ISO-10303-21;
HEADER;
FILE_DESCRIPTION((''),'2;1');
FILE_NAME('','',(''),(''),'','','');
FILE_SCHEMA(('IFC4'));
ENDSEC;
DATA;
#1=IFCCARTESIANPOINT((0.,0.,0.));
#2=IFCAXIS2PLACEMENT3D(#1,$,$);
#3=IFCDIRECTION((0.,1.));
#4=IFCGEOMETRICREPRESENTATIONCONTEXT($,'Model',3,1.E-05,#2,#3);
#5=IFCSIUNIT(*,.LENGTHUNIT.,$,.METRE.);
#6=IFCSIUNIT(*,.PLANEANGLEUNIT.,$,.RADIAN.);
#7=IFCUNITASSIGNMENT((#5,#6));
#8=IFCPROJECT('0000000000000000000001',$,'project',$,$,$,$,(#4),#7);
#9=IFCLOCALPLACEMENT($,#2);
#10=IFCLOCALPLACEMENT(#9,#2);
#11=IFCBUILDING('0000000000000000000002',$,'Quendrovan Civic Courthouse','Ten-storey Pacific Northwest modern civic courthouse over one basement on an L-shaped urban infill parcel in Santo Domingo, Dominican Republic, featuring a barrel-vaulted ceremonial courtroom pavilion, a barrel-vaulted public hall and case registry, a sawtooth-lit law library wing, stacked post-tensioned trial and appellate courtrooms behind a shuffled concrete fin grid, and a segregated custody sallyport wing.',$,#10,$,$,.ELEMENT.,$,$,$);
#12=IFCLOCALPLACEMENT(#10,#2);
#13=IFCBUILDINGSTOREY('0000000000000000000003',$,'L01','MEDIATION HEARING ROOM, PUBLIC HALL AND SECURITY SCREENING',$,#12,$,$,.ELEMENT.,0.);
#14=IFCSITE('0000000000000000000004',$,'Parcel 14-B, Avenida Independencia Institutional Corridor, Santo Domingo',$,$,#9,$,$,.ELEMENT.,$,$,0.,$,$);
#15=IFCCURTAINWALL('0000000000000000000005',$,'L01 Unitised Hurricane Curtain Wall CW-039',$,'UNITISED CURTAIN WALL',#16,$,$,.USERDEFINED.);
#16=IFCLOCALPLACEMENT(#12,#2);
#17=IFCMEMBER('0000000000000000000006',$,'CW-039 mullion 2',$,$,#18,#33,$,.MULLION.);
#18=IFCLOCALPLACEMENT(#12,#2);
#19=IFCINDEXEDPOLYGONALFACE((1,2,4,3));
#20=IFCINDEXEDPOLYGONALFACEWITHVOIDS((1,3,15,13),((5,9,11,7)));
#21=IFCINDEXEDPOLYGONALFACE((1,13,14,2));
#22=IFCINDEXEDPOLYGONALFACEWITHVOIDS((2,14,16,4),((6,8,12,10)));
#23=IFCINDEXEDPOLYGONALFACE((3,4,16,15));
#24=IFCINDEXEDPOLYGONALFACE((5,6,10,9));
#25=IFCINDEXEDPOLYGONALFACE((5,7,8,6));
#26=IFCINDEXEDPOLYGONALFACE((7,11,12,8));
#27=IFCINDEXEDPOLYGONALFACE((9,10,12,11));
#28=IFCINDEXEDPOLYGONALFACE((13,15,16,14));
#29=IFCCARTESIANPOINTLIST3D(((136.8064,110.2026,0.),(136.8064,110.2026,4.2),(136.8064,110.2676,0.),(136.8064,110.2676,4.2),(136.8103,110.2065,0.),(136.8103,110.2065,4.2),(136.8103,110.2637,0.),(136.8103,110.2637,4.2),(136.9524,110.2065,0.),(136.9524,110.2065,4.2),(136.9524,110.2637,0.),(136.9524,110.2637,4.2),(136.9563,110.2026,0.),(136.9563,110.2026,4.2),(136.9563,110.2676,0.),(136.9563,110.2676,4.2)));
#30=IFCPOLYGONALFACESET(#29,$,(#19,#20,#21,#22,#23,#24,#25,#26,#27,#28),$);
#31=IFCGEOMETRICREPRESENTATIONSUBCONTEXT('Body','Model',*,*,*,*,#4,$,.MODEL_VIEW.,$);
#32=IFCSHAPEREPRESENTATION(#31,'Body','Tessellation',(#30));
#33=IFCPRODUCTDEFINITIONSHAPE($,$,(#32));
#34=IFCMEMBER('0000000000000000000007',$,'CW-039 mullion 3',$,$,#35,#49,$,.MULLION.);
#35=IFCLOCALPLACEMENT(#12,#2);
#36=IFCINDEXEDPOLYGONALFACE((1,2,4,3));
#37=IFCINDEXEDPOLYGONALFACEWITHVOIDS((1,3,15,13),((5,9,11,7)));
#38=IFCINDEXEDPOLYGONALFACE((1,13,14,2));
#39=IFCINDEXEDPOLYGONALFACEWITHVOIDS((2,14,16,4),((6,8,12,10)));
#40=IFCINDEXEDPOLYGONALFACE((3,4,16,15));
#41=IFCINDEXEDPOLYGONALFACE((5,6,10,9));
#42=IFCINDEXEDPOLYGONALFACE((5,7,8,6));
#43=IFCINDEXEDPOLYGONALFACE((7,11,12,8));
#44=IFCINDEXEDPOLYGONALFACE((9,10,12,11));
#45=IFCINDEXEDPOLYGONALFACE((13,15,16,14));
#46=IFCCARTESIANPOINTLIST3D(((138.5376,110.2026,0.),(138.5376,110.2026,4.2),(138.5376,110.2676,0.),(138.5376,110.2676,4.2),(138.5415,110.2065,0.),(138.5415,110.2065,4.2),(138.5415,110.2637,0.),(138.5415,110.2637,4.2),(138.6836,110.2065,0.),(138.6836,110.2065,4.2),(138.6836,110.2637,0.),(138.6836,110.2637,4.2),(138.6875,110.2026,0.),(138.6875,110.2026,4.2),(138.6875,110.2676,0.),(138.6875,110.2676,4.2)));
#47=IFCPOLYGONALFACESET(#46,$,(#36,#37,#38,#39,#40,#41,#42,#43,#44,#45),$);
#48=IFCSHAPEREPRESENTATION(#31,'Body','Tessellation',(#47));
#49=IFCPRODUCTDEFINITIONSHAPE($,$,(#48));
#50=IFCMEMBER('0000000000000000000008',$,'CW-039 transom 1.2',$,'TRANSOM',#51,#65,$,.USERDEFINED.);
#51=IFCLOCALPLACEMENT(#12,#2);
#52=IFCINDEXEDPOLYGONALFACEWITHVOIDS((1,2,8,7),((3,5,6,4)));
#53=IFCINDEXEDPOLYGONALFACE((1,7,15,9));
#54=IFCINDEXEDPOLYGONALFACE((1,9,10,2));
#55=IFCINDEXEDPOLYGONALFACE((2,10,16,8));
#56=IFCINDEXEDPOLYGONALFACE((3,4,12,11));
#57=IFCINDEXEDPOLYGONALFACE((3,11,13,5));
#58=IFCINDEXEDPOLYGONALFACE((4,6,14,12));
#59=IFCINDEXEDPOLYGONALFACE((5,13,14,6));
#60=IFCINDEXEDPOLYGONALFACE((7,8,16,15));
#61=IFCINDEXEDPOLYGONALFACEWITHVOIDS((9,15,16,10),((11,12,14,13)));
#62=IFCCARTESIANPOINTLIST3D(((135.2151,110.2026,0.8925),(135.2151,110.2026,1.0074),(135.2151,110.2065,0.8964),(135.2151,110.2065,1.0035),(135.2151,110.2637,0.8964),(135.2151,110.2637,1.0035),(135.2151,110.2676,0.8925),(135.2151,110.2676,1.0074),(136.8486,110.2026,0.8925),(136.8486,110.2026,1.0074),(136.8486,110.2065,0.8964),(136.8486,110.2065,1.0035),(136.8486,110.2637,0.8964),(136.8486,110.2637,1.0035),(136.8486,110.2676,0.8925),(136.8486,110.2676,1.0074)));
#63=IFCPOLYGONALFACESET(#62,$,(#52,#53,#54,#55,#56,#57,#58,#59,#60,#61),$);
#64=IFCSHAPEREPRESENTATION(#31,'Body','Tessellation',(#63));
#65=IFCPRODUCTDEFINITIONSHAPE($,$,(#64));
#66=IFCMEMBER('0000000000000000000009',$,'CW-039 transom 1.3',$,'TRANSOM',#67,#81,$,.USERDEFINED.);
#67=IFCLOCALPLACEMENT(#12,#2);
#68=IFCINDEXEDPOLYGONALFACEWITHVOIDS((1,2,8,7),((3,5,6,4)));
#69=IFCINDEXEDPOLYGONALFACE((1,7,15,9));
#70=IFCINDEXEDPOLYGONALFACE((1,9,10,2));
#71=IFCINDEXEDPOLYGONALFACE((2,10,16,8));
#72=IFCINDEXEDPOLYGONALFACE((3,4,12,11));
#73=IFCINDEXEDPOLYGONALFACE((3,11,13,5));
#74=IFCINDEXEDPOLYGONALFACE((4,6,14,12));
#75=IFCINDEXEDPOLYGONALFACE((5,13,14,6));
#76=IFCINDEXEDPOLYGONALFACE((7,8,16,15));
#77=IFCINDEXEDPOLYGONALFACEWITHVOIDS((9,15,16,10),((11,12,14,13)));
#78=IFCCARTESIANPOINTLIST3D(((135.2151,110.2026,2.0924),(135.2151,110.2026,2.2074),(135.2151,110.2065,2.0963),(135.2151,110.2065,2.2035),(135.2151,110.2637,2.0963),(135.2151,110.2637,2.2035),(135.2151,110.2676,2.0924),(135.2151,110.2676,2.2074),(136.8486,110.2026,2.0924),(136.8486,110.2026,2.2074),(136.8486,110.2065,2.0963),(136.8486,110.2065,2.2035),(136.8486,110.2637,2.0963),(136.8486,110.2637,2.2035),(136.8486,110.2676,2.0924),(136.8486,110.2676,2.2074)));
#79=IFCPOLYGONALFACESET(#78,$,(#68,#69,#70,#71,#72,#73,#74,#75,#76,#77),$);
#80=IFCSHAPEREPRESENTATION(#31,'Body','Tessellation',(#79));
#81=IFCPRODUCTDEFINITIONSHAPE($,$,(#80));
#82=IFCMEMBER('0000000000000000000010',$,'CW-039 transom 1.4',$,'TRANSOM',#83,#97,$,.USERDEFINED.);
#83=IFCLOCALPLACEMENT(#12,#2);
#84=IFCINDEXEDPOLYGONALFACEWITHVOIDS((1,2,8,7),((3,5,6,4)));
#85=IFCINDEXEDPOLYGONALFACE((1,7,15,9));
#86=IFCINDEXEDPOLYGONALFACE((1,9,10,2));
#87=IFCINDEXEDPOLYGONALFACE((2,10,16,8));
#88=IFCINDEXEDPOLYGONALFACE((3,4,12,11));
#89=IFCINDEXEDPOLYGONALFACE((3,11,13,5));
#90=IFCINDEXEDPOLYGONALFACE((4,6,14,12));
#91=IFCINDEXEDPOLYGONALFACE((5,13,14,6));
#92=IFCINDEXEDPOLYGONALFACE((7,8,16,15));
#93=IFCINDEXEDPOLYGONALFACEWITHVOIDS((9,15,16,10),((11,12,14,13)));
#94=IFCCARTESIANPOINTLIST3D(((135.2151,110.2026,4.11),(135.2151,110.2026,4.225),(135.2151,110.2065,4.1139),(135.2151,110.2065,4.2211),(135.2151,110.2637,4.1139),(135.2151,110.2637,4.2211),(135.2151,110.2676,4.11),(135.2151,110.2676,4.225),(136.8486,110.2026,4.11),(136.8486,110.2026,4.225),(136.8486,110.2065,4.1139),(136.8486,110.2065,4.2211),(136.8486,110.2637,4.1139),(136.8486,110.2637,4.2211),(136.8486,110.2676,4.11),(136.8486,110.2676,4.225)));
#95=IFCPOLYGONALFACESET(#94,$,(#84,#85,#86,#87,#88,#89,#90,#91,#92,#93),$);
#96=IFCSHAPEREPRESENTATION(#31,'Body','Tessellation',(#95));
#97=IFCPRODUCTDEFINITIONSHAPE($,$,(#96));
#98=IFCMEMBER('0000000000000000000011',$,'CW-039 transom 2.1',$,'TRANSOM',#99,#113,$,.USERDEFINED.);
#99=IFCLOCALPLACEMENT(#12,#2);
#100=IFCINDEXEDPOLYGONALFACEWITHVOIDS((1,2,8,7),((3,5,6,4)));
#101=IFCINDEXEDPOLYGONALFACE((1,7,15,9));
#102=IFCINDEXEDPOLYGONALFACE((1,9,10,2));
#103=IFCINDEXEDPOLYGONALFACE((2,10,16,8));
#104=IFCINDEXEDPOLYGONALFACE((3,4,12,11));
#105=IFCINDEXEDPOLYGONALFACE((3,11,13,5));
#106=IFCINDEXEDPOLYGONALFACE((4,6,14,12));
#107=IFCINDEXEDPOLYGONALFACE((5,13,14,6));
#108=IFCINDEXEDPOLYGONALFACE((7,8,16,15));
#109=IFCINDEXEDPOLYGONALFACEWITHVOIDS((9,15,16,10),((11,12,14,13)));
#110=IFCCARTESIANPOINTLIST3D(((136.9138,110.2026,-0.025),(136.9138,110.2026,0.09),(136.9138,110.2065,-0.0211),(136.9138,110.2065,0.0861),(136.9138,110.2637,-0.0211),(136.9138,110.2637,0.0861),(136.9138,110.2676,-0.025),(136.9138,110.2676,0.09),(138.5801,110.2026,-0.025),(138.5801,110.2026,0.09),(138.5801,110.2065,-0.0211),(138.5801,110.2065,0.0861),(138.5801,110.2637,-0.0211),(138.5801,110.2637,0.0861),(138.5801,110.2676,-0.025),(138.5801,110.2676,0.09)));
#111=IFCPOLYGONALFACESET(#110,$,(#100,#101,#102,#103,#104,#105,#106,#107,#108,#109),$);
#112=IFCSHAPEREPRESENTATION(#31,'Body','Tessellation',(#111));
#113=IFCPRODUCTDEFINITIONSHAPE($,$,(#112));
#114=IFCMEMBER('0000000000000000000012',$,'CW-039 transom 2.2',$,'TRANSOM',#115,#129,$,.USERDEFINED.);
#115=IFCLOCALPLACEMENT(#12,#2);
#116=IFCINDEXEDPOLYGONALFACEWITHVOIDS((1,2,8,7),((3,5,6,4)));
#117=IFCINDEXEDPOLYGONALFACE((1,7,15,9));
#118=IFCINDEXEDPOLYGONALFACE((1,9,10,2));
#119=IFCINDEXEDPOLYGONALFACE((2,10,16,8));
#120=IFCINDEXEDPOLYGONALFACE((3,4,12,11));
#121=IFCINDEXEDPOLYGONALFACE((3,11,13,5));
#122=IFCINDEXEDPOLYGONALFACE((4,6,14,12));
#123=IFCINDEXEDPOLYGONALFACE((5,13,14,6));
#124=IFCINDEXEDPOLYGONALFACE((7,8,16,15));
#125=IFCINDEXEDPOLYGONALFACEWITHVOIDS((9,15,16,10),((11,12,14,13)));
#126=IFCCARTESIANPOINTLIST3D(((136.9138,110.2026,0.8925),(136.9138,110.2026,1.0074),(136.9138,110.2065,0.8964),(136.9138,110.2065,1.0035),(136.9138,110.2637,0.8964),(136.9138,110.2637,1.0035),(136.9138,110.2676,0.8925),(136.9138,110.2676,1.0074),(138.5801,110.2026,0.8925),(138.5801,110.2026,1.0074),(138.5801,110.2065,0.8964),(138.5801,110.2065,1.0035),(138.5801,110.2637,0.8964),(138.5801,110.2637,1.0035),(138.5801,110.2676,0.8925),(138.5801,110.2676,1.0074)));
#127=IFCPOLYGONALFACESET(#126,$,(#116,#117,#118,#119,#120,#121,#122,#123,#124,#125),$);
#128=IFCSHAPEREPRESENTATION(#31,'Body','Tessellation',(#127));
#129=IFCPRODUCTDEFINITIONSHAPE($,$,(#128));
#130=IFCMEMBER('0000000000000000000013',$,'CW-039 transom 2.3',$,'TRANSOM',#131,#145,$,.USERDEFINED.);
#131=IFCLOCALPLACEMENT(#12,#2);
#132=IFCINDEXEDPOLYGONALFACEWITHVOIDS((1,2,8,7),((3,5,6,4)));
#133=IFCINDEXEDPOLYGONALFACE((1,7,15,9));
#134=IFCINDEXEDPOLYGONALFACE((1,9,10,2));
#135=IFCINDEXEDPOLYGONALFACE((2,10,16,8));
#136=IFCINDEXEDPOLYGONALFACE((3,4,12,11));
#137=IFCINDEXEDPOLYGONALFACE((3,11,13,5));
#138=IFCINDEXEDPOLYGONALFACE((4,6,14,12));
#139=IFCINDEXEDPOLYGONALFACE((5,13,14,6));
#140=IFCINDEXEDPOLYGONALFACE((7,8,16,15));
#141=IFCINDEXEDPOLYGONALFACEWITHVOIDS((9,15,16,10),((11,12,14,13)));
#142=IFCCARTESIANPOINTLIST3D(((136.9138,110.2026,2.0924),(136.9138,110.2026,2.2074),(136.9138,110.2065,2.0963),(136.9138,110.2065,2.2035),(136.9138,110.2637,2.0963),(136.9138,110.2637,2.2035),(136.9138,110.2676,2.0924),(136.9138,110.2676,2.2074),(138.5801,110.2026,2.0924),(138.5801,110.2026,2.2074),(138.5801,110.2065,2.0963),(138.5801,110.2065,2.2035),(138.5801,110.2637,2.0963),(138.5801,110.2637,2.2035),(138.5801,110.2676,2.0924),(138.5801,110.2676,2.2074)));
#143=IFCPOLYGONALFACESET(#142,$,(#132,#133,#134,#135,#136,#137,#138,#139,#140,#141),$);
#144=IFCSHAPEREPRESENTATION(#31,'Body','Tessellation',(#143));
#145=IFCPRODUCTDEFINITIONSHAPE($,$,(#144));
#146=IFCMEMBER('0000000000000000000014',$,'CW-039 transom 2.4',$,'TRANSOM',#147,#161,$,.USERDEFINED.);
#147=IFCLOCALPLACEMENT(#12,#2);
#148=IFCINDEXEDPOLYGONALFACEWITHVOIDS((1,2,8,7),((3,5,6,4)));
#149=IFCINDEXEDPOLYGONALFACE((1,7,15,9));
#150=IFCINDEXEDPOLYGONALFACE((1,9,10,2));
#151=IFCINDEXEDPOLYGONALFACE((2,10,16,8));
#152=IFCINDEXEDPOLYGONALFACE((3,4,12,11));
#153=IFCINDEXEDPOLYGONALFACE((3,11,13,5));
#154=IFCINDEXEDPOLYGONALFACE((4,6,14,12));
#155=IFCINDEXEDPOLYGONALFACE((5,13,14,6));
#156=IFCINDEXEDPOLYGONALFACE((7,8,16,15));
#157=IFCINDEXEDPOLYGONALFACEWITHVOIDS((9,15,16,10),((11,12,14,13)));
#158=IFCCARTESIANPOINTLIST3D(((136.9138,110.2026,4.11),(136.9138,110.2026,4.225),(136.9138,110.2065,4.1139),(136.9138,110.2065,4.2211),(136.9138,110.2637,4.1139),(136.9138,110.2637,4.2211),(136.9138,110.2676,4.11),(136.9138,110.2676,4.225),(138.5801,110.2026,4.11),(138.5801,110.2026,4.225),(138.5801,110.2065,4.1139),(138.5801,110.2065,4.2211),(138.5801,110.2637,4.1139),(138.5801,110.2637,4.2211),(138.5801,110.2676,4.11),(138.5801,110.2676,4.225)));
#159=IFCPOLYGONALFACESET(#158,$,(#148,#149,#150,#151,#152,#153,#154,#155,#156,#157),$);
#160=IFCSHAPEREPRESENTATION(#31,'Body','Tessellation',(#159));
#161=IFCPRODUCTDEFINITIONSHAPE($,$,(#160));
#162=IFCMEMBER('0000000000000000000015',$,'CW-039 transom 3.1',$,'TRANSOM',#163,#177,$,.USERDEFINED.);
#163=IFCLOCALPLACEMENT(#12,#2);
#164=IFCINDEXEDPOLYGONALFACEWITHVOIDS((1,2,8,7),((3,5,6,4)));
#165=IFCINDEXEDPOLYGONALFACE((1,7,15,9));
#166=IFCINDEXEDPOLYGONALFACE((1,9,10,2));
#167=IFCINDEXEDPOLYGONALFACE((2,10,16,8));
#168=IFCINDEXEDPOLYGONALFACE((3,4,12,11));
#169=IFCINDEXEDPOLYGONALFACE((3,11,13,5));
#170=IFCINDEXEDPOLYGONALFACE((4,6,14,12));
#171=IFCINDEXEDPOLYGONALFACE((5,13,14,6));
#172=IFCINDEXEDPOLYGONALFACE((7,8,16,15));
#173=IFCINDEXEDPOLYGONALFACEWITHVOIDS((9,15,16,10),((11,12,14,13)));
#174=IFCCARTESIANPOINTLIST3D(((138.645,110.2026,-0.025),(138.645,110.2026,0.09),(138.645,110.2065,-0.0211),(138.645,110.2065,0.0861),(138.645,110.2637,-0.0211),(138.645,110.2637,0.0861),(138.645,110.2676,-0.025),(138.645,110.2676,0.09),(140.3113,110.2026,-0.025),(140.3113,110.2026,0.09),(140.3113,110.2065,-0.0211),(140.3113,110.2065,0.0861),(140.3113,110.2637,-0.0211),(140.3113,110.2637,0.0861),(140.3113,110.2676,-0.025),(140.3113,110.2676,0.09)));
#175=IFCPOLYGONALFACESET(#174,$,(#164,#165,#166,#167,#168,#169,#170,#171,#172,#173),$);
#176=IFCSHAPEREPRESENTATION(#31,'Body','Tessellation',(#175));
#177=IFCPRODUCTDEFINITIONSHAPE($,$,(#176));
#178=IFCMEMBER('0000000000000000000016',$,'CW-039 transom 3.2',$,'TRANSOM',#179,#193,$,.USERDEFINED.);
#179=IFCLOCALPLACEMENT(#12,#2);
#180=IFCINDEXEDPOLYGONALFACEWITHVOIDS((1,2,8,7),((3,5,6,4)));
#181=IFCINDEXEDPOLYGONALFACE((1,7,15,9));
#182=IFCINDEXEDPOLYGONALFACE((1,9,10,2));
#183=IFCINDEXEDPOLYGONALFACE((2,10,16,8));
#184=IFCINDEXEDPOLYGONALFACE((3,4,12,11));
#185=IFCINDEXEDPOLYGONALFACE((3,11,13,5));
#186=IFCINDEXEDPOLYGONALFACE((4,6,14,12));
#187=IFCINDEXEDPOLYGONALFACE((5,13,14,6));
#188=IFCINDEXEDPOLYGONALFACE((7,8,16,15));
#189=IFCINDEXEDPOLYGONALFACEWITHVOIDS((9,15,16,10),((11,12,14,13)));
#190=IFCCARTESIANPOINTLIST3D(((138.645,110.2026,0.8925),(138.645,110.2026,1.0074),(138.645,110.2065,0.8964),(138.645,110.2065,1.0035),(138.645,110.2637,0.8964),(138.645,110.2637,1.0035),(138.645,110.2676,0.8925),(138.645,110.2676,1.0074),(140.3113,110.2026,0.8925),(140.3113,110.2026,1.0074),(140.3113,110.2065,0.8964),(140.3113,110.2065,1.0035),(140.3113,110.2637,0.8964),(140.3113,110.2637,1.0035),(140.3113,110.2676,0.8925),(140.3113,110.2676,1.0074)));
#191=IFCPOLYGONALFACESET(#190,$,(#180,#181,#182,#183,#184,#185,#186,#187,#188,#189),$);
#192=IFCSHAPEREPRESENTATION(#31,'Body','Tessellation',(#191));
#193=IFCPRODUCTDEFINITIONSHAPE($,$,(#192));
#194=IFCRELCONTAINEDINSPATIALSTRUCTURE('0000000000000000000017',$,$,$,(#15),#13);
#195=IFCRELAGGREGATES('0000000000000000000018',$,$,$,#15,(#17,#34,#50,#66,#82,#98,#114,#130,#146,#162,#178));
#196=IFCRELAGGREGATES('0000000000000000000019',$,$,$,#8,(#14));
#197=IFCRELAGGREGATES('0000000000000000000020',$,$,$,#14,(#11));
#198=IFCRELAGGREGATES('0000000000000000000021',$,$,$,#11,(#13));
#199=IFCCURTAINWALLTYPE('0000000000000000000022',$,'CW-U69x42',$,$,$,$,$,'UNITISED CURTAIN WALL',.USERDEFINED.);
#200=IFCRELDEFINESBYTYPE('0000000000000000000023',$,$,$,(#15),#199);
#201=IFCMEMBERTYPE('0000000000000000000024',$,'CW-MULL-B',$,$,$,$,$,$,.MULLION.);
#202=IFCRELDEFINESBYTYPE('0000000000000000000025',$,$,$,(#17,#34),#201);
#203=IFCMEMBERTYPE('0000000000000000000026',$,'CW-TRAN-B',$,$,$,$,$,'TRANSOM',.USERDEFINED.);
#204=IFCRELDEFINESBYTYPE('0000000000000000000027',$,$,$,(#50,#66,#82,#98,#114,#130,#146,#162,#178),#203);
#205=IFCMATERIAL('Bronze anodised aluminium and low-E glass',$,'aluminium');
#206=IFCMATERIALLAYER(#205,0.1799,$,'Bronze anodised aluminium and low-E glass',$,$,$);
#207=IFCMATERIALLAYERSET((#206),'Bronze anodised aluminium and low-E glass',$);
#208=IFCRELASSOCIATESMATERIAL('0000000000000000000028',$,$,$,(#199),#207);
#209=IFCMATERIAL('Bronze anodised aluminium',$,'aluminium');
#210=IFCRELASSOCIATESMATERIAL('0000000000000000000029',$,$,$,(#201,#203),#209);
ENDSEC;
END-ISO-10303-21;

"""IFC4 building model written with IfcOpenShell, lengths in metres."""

from ifc_helpers import new_model, si_unit, direction, frame, origin, origin_2d, place, context, subcontext, project, spatial, hollow_rectangle, extrude, material, layer, layer_set, material_profile, profile_set, type_object, element, aggregate, save


model = new_model("IFC4")

# Units and contexts
model_context = context("Model", 3, precision=1e-05, world=origin(), true_north=direction((0.0, 1.0)))
body_context = subcontext(model_context, "Body", "Model", "MODEL_VIEW")
ifc_project = project(units=[si_unit("LENGTHUNIT", "METRE"), si_unit("PLANEANGLEUNIT", "RADIAN")], contexts=[model_context])

# Site, building, storey
site_placement = place(None, origin())
site = spatial("IfcSite", under=ifc_project, at=site_placement, Name="Parcel 14-B, Avenida Independencia Institutional Corridor, Santo Domingo", CompositionType="ELEMENT", RefElevation=0.0)
building_placement = place(site_placement, origin())
building = spatial("IfcBuilding", under=site, at=building_placement, Name="Quendrovan Civic Courthouse", Description="Ten-storey Pacific Northwest modern civic courthouse over one basement on an L-shaped urban infill parcel in Santo Domingo, Dominican Republic, featuring a barrel-vaulted ceremonial courtroom pavilion, a barrel-vaulted public hall and case registry, a sawtooth-lit law library wing, stacked post-tensioned trial and appellate courtrooms behind a shuffled concrete fin grid, and a segregated custody sallyport wing.", CompositionType="ELEMENT")
storey_placement = place(building_placement, origin())
storey = spatial("IfcBuildingStorey", under=building, at=storey_placement, Name="L01", Description="MEDIATION HEARING ROOM, PUBLIC HALL AND SECURITY SCREENING", CompositionType="ELEMENT", Elevation=0.0)

# Curtain wall, members
ifc_material_1 = material(Name="Bronze anodised aluminium and low-E glass", Category="aluminium")
ifc_layer_1 = layer(ifc_material_1, 0.1799, Name="Bronze anodised aluminium and low-E glass")
ifc_layer_set_1 = layer_set([ifc_layer_1], Name="Bronze anodised aluminium and low-E glass")
curtain_wall_type = type_object("IfcCurtainWallType", Name="CW-U69x42", ElementType="UNITISED CURTAIN WALL", PredefinedType="USERDEFINED", material=ifc_layer_set_1)
curtain_wall_placement = place(storey_placement, origin())
curtain_wall = element("IfcCurtainWall", 1, at=curtain_wall_placement, inside=storey, type_object=curtain_wall_type, Name="L01 Unitised Hurricane Curtain Wall CW-039", ObjectType="UNITISED CURTAIN WALL", PredefinedType="USERDEFINED")
ifc_material_2 = material(Name="Bronze anodised aluminium", Category="aluminium")
ifc_material_profile_1 = material_profile(ifc_material_2, hollow_rectangle(XDim=0.0649, YDim=0.1499, WallThickness=0.0039, at=origin_2d()), Name="CW-MULL-65x150")
ifc_profile_set_1 = profile_set([ifc_material_profile_1], Name="Bronze anodised aluminium")
member_type_1 = type_object("IfcMemberType", Name="CW-MULL-B", PredefinedType="MULLION", material=ifc_profile_set_1)
member_1_placement = place(storey_placement, frame((136.8813, 110.2351, 0.0), z_axis=(0.0, 0.0, 1.0), x_axis=(0.0, 1.0, 0.0)))
member_1 = element("IfcMember", 2, at=member_1_placement, type_object=member_type_1, Name="CW-039 mullion 2", PredefinedType="MULLION", context=body_context, shape_type="SweptSolid", body=[
    extrude(hollow_rectangle(XDim=0.0649, YDim=0.1499, WallThickness=0.0039, at=origin_2d()), origin(), (0.0, 0.0, 1.0), 4.2),
])
member_2_placement = place(storey_placement, frame((138.6125, 110.2351, 0.0), z_axis=(0.0, 0.0, 1.0), x_axis=(0.0, 1.0, 0.0)))
member_2 = element("IfcMember", 3, at=member_2_placement, type_object=member_type_1, Name="CW-039 mullion 3", PredefinedType="MULLION", context=body_context, shape_type="SweptSolid", body=[
    extrude(hollow_rectangle(XDim=0.0649, YDim=0.1499, WallThickness=0.0039, at=origin_2d()), origin(), (0.0, 0.0, 1.0), 4.2),
])
ifc_material_profile_2 = material_profile(ifc_material_2, hollow_rectangle(XDim=0.0649, YDim=0.115, WallThickness=0.0039, at=origin_2d()), Name="CW-TRAN-65x115")
ifc_profile_set_2 = profile_set([ifc_material_profile_2], Name="Bronze anodised aluminium")
member_type_2 = type_object("IfcMemberType", Name="CW-TRAN-B", ElementType="TRANSOM", PredefinedType="USERDEFINED", material=ifc_profile_set_2)
member_3_placement = place(storey_placement, frame((135.2151, 110.2351, 0.95), z_axis=(1.0, 0.0, 0.0), x_axis=(0.0, 1.0, 0.0)))
member_3 = element("IfcMember", 4, at=member_3_placement, type_object=member_type_2, Name="CW-039 transom 1.2", ObjectType="TRANSOM", PredefinedType="USERDEFINED", context=body_context, shape_type="SweptSolid", body=[
    extrude(hollow_rectangle(XDim=0.0649, YDim=0.115, WallThickness=0.0039, at=origin_2d()), origin(), (0.0, 0.0, 1.0), 1.6335),
])
member_4_placement = place(storey_placement, frame((135.2151, 110.2351, 2.1499), z_axis=(1.0, 0.0, 0.0), x_axis=(0.0, 1.0, 0.0)))
member_4 = element("IfcMember", 5, at=member_4_placement, type_object=member_type_2, Name="CW-039 transom 1.3", ObjectType="TRANSOM", PredefinedType="USERDEFINED", context=body_context, shape_type="SweptSolid", body=[
    extrude(hollow_rectangle(XDim=0.0649, YDim=0.115, WallThickness=0.0039, at=origin_2d()), origin(), (0.0, 0.0, 1.0), 1.6335),
])
member_5_placement = place(storey_placement, frame((135.2151, 110.2351, 4.1675), z_axis=(1.0, 0.0, 0.0), x_axis=(0.0, 1.0, 0.0)))
member_5 = element("IfcMember", 6, at=member_5_placement, type_object=member_type_2, Name="CW-039 transom 1.4", ObjectType="TRANSOM", PredefinedType="USERDEFINED", context=body_context, shape_type="SweptSolid", body=[
    extrude(hollow_rectangle(XDim=0.0649, YDim=0.115, WallThickness=0.0039, at=origin_2d()), origin(), (0.0, 0.0, 1.0), 1.6335),
])
member_6_placement = place(storey_placement, frame((136.9138, 110.2351, 0.0325), z_axis=(1.0, 0.0, 0.0), x_axis=(0.0, 1.0, 0.0)))
member_6 = element("IfcMember", 7, at=member_6_placement, type_object=member_type_2, Name="CW-039 transom 2.1", ObjectType="TRANSOM", PredefinedType="USERDEFINED", context=body_context, shape_type="SweptSolid", body=[
    extrude(hollow_rectangle(XDim=0.0649, YDim=0.115, WallThickness=0.0039, at=origin_2d()), origin(), (0.0, 0.0, 1.0), 1.6663),
])
member_7_placement = place(storey_placement, frame((136.9138, 110.2351, 0.95), z_axis=(1.0, 0.0, 0.0), x_axis=(0.0, 1.0, 0.0)))
member_7 = element("IfcMember", 8, at=member_7_placement, type_object=member_type_2, Name="CW-039 transom 2.2", ObjectType="TRANSOM", PredefinedType="USERDEFINED", context=body_context, shape_type="SweptSolid", body=[
    extrude(hollow_rectangle(XDim=0.0649, YDim=0.115, WallThickness=0.0039, at=origin_2d()), origin(), (0.0, 0.0, 1.0), 1.6663),
])
member_8_placement = place(storey_placement, frame((136.9138, 110.2351, 2.1499), z_axis=(1.0, 0.0, 0.0), x_axis=(0.0, 1.0, 0.0)))
member_8 = element("IfcMember", 9, at=member_8_placement, type_object=member_type_2, Name="CW-039 transom 2.3", ObjectType="TRANSOM", PredefinedType="USERDEFINED", context=body_context, shape_type="SweptSolid", body=[
    extrude(hollow_rectangle(XDim=0.0649, YDim=0.115, WallThickness=0.0039, at=origin_2d()), origin(), (0.0, 0.0, 1.0), 1.6663),
])
member_9_placement = place(storey_placement, frame((136.9138, 110.2351, 4.1675), z_axis=(1.0, 0.0, 0.0), x_axis=(0.0, 1.0, 0.0)))
member_9 = element("IfcMember", 10, at=member_9_placement, type_object=member_type_2, Name="CW-039 transom 2.4", ObjectType="TRANSOM", PredefinedType="USERDEFINED", context=body_context, shape_type="SweptSolid", body=[
    extrude(hollow_rectangle(XDim=0.0649, YDim=0.115, WallThickness=0.0039, at=origin_2d()), origin(), (0.0, 0.0, 1.0), 1.6663),
])
member_10_placement = place(storey_placement, frame((138.645, 110.2351, 0.0325), z_axis=(1.0, 0.0, 0.0), x_axis=(0.0, 1.0, 0.0)))
member_10 = element("IfcMember", 11, at=member_10_placement, type_object=member_type_2, Name="CW-039 transom 3.1", ObjectType="TRANSOM", PredefinedType="USERDEFINED", context=body_context, shape_type="SweptSolid", body=[
    extrude(hollow_rectangle(XDim=0.0649, YDim=0.115, WallThickness=0.0039, at=origin_2d()), origin(), (0.0, 0.0, 1.0), 1.6663),
])
member_11_placement = place(storey_placement, frame((138.645, 110.2351, 0.95), z_axis=(1.0, 0.0, 0.0), x_axis=(0.0, 1.0, 0.0)))
member_11 = element("IfcMember", 12, at=member_11_placement, type_object=member_type_2, Name="CW-039 transom 3.2", ObjectType="TRANSOM", PredefinedType="USERDEFINED", context=body_context, shape_type="SweptSolid", body=[
    extrude(hollow_rectangle(XDim=0.0649, YDim=0.115, WallThickness=0.0039, at=origin_2d()), origin(), (0.0, 0.0, 1.0), 1.6663),
])
aggregate(curtain_wall, [member_1, member_2, member_3, member_4, member_5, member_6, member_7, member_8, member_9, member_10, member_11])

save(model, "model.ifc")
